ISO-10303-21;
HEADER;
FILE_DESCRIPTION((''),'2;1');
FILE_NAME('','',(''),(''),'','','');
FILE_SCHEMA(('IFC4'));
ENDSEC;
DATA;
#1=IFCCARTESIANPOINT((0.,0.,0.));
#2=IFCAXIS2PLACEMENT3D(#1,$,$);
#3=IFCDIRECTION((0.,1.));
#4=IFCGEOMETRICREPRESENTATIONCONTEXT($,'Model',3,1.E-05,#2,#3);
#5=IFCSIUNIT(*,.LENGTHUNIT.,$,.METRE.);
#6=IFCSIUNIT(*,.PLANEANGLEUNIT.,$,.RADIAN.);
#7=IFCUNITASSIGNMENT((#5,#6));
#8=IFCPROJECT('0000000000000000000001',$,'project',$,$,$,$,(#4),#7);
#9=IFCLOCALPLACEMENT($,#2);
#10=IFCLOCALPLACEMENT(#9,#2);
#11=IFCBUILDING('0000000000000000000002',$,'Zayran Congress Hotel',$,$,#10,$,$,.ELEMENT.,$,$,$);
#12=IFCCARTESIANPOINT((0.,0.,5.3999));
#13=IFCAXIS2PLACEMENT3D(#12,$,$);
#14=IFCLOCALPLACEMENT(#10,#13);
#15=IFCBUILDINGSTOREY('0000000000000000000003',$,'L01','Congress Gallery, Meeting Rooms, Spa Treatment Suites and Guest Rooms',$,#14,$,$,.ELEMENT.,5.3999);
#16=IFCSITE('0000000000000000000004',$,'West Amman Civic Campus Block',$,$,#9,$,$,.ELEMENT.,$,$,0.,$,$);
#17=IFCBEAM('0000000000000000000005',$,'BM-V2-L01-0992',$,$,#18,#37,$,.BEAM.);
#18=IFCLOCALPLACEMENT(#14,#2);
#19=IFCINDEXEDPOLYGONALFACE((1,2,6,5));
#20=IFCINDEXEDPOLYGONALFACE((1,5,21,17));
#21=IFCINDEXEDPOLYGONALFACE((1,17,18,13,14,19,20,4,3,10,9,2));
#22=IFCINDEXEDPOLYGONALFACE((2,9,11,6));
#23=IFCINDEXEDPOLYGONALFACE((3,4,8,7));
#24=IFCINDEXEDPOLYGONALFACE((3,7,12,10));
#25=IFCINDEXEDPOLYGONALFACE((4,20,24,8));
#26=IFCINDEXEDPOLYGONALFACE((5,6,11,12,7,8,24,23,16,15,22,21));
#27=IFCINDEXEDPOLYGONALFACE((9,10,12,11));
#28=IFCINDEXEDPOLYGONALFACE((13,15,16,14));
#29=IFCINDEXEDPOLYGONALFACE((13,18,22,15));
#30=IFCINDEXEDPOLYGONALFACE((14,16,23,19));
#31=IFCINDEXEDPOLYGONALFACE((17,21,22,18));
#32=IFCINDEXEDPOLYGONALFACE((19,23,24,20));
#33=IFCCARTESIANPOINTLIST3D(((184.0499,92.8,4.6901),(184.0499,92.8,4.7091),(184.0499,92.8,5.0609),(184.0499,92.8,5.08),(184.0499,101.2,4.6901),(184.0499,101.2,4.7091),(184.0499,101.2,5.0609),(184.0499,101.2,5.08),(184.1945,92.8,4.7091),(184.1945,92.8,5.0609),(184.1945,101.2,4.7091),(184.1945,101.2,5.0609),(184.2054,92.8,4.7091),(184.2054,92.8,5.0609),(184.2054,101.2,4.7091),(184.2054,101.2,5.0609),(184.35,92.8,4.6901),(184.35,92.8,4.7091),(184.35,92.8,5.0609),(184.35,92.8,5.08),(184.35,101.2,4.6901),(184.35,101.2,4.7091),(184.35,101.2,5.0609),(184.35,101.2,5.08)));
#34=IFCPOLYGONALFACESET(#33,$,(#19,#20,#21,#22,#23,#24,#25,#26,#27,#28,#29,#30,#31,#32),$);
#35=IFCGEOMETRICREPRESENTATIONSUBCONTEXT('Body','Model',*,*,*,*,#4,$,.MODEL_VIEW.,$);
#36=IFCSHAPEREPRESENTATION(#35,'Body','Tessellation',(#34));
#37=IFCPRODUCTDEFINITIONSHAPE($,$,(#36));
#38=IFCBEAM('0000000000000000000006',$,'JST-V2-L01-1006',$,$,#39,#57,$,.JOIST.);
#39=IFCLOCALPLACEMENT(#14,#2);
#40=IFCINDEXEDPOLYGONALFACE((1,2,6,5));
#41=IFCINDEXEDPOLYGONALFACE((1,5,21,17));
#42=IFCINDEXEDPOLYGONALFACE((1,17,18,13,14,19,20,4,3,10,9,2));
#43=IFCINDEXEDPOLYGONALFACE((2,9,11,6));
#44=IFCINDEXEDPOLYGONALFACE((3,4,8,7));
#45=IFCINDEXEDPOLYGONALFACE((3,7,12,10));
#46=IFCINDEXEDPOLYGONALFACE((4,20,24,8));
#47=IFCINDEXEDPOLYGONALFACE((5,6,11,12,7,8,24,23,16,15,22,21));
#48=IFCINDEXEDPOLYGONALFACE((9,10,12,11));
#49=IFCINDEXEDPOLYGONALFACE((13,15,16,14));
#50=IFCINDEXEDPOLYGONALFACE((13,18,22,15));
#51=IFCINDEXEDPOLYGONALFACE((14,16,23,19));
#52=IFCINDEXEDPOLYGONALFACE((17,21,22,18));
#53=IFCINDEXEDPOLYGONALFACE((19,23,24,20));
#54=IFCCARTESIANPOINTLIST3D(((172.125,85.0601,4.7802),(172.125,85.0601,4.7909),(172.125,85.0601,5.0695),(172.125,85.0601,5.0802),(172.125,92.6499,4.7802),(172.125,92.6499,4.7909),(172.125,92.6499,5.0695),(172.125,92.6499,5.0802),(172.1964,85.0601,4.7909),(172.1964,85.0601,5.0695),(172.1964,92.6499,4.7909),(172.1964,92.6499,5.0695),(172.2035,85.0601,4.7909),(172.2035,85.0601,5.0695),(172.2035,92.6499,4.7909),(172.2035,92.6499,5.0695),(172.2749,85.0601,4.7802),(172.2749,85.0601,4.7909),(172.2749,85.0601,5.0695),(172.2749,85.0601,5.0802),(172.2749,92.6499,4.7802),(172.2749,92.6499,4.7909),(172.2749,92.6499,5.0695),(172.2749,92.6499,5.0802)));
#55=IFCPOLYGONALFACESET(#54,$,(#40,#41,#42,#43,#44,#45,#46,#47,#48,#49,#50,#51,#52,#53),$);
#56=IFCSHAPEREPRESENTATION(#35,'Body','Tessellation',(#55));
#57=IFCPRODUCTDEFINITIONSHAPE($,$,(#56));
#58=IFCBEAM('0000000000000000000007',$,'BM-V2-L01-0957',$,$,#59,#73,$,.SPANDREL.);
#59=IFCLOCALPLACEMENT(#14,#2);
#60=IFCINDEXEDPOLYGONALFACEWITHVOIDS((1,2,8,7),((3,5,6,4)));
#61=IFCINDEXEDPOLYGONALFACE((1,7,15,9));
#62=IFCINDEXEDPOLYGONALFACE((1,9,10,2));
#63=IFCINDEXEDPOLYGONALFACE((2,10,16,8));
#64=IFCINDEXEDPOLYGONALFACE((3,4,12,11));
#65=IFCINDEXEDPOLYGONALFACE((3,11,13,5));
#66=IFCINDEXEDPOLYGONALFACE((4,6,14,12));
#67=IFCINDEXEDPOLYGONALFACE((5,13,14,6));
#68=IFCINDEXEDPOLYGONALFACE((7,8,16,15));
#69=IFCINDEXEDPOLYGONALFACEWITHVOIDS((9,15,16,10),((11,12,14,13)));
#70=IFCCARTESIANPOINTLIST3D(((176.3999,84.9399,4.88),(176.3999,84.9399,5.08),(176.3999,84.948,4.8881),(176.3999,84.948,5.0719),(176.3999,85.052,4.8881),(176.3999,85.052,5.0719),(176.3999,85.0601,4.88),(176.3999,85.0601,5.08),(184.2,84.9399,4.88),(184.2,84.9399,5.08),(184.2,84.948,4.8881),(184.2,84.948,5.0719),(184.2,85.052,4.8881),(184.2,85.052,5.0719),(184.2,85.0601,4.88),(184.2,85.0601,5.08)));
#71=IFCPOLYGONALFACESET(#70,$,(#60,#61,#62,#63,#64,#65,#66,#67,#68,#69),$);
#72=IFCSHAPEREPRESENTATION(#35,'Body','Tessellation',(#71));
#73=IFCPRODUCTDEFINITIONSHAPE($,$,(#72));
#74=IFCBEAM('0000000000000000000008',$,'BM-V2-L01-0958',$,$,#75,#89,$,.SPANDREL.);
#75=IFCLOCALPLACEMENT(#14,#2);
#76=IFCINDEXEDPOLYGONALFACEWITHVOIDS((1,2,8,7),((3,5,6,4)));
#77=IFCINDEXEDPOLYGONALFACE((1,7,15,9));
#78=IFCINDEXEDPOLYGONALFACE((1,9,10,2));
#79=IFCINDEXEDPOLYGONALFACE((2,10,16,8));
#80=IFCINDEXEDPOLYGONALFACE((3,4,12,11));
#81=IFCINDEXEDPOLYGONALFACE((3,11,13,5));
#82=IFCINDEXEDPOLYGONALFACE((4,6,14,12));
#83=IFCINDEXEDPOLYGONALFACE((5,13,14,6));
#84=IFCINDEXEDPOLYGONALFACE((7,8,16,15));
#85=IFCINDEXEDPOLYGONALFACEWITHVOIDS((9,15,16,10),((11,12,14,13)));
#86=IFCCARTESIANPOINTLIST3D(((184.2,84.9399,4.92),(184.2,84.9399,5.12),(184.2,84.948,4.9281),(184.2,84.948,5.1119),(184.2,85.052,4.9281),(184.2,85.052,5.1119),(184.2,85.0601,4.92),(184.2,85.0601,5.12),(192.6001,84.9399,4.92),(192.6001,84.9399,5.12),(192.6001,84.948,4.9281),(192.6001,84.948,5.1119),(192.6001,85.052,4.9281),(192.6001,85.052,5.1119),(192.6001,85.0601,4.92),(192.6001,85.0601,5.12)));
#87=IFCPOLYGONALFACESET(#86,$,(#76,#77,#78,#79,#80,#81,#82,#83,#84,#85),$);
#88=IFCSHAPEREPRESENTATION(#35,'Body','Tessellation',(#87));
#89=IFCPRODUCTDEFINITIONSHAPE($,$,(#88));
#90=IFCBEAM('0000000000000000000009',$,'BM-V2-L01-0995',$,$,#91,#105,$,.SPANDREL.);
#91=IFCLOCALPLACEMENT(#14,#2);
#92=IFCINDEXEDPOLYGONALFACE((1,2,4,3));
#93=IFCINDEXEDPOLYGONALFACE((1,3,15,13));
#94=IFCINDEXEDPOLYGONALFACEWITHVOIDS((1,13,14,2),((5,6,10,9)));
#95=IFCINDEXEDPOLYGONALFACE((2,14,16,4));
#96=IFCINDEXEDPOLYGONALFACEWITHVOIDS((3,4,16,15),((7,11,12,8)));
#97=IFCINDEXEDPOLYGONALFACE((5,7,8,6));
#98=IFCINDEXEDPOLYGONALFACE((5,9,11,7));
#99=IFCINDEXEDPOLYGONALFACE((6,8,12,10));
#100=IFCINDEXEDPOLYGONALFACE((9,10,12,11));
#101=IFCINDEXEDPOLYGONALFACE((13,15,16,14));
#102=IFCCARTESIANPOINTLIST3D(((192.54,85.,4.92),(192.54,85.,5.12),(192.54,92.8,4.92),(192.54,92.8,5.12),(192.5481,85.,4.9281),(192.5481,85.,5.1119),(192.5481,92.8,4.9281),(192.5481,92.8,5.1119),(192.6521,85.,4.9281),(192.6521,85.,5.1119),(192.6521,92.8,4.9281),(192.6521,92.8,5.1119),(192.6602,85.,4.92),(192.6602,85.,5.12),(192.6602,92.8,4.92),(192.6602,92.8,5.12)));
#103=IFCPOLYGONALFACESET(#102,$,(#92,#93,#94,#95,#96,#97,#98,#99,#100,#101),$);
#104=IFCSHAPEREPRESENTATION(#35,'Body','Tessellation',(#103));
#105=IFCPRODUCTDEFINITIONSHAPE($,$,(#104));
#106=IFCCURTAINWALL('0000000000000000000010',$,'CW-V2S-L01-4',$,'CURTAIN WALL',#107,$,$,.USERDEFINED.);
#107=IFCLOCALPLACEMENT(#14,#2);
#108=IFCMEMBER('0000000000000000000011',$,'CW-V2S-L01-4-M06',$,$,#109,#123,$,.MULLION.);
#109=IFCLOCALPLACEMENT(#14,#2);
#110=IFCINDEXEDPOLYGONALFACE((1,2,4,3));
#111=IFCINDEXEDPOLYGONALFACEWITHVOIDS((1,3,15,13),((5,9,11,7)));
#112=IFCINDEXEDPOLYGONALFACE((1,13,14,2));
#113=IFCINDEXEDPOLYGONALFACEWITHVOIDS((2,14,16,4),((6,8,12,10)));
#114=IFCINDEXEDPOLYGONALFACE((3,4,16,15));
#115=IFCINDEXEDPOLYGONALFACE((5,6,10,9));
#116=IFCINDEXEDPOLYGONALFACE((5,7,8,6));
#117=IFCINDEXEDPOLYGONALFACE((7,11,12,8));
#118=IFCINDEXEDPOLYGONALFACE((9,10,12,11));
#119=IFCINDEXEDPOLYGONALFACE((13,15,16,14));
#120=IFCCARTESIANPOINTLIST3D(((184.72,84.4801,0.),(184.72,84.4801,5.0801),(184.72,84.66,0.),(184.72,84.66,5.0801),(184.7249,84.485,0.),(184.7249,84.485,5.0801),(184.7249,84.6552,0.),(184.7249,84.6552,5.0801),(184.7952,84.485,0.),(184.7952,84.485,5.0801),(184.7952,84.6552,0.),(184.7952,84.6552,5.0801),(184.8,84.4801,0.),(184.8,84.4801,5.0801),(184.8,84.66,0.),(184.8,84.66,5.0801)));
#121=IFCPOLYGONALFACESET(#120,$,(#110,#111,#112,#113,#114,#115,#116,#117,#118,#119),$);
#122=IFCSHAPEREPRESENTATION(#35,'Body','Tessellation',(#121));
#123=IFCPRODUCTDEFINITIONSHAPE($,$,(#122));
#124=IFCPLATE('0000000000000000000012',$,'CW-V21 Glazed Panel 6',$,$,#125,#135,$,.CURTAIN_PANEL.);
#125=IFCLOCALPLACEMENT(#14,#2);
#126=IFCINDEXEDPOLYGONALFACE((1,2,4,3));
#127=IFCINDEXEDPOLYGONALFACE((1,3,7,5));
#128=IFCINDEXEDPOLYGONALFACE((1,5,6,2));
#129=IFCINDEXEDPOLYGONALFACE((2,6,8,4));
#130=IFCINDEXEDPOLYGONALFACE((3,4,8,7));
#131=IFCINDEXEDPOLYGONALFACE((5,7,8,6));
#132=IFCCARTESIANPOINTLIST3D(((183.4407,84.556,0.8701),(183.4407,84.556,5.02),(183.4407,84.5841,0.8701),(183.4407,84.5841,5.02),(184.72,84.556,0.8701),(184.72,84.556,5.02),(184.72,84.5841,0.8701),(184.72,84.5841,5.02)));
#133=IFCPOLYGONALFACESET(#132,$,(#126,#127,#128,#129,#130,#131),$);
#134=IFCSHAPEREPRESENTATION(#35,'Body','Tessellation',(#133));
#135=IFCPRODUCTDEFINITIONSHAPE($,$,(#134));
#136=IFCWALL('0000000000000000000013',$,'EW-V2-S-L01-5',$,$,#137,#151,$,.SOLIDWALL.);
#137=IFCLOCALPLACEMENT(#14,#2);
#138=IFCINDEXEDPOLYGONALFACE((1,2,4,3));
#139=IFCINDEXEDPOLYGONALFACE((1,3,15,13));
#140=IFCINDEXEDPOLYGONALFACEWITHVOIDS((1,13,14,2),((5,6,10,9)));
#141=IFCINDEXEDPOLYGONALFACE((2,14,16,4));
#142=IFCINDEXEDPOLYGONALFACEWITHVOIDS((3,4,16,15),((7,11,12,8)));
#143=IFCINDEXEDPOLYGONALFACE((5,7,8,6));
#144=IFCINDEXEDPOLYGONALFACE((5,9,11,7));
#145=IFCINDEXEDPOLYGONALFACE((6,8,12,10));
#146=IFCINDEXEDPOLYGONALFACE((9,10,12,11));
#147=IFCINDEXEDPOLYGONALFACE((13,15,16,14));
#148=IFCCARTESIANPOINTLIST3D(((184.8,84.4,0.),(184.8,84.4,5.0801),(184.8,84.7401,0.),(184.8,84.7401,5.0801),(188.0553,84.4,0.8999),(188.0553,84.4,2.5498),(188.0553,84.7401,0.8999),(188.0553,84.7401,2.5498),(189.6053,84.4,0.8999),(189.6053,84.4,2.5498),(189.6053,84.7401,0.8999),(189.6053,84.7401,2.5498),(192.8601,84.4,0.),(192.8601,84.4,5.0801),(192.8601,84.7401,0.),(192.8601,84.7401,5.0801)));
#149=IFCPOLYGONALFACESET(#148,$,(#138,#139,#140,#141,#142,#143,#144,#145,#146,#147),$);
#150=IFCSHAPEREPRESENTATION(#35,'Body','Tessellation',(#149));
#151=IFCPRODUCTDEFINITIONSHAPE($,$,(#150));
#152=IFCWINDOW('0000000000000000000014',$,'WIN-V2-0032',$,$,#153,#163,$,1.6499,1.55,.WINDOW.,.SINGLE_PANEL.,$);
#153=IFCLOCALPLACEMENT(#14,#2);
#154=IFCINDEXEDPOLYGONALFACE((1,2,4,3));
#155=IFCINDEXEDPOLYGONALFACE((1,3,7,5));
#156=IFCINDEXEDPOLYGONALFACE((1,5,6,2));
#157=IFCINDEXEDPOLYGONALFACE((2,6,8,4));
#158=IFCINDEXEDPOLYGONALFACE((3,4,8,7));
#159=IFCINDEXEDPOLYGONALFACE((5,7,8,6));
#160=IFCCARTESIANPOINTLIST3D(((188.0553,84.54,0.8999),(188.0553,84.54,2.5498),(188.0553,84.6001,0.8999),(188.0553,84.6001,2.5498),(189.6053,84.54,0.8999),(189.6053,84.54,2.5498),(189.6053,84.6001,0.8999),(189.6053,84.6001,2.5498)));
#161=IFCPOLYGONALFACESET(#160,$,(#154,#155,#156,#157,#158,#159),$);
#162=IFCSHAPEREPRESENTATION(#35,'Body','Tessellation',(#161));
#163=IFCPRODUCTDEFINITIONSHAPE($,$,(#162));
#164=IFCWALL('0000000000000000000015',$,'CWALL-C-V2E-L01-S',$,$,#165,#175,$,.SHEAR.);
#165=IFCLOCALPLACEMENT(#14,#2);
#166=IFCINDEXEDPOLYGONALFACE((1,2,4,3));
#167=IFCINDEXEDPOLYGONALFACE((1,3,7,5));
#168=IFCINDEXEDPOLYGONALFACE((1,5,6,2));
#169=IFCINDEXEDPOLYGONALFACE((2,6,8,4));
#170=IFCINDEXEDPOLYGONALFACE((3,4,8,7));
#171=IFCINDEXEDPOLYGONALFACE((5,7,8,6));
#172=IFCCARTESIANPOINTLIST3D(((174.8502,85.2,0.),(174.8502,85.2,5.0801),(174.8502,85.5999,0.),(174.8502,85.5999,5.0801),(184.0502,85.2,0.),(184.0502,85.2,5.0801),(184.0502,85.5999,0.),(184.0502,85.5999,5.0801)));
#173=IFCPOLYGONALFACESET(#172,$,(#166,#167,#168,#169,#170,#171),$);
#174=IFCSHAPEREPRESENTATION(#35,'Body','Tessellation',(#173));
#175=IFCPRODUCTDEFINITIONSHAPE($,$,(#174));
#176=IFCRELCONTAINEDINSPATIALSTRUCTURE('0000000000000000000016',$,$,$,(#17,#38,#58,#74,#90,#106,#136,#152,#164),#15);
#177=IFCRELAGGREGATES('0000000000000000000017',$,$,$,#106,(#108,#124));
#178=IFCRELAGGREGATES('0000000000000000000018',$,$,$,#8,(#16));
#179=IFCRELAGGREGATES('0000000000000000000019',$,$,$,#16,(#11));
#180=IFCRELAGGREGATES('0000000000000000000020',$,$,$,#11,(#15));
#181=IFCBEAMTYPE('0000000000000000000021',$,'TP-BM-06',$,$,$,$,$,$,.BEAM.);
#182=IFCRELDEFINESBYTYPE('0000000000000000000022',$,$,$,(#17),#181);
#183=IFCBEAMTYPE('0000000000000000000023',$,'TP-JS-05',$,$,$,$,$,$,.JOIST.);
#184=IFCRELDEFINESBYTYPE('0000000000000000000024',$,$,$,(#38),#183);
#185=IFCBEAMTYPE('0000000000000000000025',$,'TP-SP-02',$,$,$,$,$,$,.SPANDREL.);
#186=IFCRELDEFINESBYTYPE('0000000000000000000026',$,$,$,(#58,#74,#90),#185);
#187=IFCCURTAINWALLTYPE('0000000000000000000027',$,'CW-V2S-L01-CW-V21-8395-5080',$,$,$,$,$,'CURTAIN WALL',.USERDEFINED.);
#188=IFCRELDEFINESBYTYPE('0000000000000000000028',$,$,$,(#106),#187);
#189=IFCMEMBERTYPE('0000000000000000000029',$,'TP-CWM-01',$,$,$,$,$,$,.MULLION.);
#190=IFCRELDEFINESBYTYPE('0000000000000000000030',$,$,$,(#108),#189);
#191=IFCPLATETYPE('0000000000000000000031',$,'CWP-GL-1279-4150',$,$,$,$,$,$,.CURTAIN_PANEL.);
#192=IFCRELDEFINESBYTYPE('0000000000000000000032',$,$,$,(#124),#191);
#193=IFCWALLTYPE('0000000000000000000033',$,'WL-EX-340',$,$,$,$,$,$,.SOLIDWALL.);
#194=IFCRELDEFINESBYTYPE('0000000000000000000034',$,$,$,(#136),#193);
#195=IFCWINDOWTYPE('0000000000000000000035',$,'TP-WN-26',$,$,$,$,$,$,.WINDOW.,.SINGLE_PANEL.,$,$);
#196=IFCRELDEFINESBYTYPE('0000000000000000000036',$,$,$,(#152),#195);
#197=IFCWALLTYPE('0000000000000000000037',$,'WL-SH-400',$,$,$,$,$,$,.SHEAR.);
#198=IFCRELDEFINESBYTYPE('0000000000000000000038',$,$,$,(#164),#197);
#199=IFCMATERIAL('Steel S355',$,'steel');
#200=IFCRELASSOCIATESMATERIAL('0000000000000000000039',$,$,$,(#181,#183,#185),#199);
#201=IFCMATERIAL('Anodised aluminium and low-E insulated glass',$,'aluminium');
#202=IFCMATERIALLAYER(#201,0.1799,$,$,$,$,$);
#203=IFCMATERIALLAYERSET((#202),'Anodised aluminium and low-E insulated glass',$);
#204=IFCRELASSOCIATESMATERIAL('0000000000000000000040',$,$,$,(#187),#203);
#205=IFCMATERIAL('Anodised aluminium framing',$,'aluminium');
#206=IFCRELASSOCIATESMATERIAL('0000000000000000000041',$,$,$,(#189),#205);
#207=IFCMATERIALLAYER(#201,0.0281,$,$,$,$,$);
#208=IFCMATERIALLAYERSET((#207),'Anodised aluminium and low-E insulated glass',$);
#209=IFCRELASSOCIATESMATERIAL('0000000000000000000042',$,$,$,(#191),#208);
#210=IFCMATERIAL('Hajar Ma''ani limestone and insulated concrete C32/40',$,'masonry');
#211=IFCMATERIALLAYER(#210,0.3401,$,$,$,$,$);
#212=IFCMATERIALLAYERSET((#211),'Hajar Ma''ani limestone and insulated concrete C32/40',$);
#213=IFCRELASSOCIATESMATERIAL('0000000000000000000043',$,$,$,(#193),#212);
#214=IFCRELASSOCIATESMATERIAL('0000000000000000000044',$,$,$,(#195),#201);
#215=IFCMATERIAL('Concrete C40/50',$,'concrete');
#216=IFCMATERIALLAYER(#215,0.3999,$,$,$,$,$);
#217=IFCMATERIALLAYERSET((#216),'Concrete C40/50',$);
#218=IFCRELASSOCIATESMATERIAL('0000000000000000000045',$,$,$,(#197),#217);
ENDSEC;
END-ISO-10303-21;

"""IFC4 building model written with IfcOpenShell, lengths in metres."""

from ifc_helpers import new_model, si_unit, direction, frame, frame_2d, origin, origin_2d, place, context, subcontext, project, spatial, rectangle, hollow_rectangle, i_section, extrude, material, layer, layer_set, material_profile, profile_set, type_object, element, fill, aggregate, save


model = new_model("IFC4")

# Units and contexts
model_context = context("Model", 3, precision=1e-05, world=origin(), true_north=direction((0.0, 1.0)))
body_context = subcontext(model_context, "Body", "Model", "MODEL_VIEW")
ifc_project = project(units=[si_unit("LENGTHUNIT", "METRE"), si_unit("PLANEANGLEUNIT", "RADIAN")], contexts=[model_context])

# Site, building, storey
site_placement = place(None, origin())
site = spatial("IfcSite", under=ifc_project, at=site_placement, Name="West Amman Civic Campus Block", CompositionType="ELEMENT", RefElevation=0.0)
building_placement = place(site_placement, origin())
building = spatial("IfcBuilding", under=site, at=building_placement, Name="Zayran Congress Hotel", CompositionType="ELEMENT")
storey_placement = place(building_placement, frame((0.0, 0.0, 5.3999)))
storey = spatial("IfcBuildingStorey", under=building, at=storey_placement, Name="L01", Description="Congress Gallery, Meeting Rooms, Spa Treatment Suites and Guest Rooms", CompositionType="ELEMENT", Elevation=5.3999)

# Shared definitions
ifc_material_1 = material(Name="Steel S355", Category="steel")

# Beams
ifc_material_profile_1 = material_profile(ifc_material_1, i_section(OverallWidth=0.3, OverallDepth=0.3899, WebThickness=0.011, FlangeThickness=0.019, at=origin_2d()), Name="HEA 400")
ifc_profile_set_1 = profile_set([ifc_material_profile_1], Name="Steel S355")
beam_type_1 = type_object("IfcBeamType", Name="TP-BM-06", PredefinedType="BEAM", material=ifc_profile_set_1)
beam_1_placement = place(storey_placement, frame((184.2, 92.8, 4.885), z_axis=(0.0, 1.0, 0.0), x_axis=(-1.0, 0.0, 0.0)))
element("IfcBeam", 1, at=beam_1_placement, inside=storey, type_object=beam_type_1, Name="BM-V2-L01-0992", PredefinedType="BEAM", context=body_context, shape_type="SweptSolid", body=[
    extrude(i_section(OverallWidth=0.3, OverallDepth=0.3899, WebThickness=0.011, FlangeThickness=0.019, at=origin_2d()), origin(), (0.0, 0.0, 1.0), 8.3999),
])
ifc_material_profile_2 = material_profile(ifc_material_1, i_section(OverallWidth=0.1499, OverallDepth=0.3, WebThickness=0.0071, FlangeThickness=0.0107, at=origin_2d()), Name="IPE 300")
ifc_profile_set_2 = profile_set([ifc_material_profile_2], Name="Steel S355")
beam_type_2 = type_object("IfcBeamType", Name="TP-JS-05", PredefinedType="JOIST", material=ifc_profile_set_2)
beam_2_placement = place(storey_placement, frame((172.2, 85.0601, 4.9302), z_axis=(0.0, 1.0, 0.0), x_axis=(-1.0, 0.0, 0.0)))
element("IfcBeam", 2, at=beam_2_placement, inside=storey, type_object=beam_type_2, Name="JST-V2-L01-1006", PredefinedType="JOIST", context=body_context, shape_type="SweptSolid", body=[
    extrude(i_section(OverallWidth=0.1499, OverallDepth=0.3, WebThickness=0.0071, FlangeThickness=0.0107, at=origin_2d()), origin(), (0.0, 0.0, 1.0), 7.5898),
])
ifc_material_profile_3 = material_profile(ifc_material_1, hollow_rectangle(XDim=0.1201, YDim=0.2, WallThickness=0.0081, at=origin_2d()), Name="RHS 200x120x8")
ifc_profile_set_3 = profile_set([ifc_material_profile_3], Name="Steel S355")
beam_type_3 = type_object("IfcBeamType", Name="TP-SP-02", PredefinedType="SPANDREL", material=ifc_profile_set_3)
beam_3_placement = place(storey_placement, frame((176.3999, 85.0, 4.98), z_axis=(1.0, 0.0, 0.0), x_axis=(0.0, 1.0, 0.0)))
element("IfcBeam", 3, at=beam_3_placement, inside=storey, type_object=beam_type_3, Name="BM-V2-L01-0957", PredefinedType="SPANDREL", context=body_context, shape_type="SweptSolid", body=[
    extrude(hollow_rectangle(XDim=0.1201, YDim=0.2, WallThickness=0.0081, at=origin_2d()), origin(), (0.0, 0.0, 1.0), 7.8),
])
beam_4_placement = place(storey_placement, frame((184.2, 85.0, 5.02), z_axis=(1.0, 0.0, 0.0), x_axis=(0.0, 1.0, 0.0)))
element("IfcBeam", 4, at=beam_4_placement, inside=storey, type_object=beam_type_3, Name="BM-V2-L01-0958", PredefinedType="SPANDREL", context=body_context, shape_type="SweptSolid", body=[
    extrude(hollow_rectangle(XDim=0.1201, YDim=0.2, WallThickness=0.0081, at=origin_2d()), origin(), (0.0, 0.0, 1.0), 8.4001),
])
beam_5_placement = place(storey_placement, frame((192.6001, 85.0, 5.02), z_axis=(0.0, 1.0, 0.0), x_axis=(-1.0, 0.0, 0.0)))
element("IfcBeam", 5, at=beam_5_placement, inside=storey, type_object=beam_type_3, Name="BM-V2-L01-0995", PredefinedType="SPANDREL", context=body_context, shape_type="SweptSolid", body=[
    extrude(hollow_rectangle(XDim=0.1201, YDim=0.2, WallThickness=0.0081, at=origin_2d()), origin(), (0.0, 0.0, 1.0), 7.8),
])

# Curtain wall, member, plate
ifc_material_2 = material(Name="Anodised aluminium and low-E insulated glass", Category="aluminium")
ifc_layer_1 = layer(ifc_material_2, 0.1799)
ifc_layer_set_1 = layer_set([ifc_layer_1], Name="Anodised aluminium and low-E insulated glass")
curtain_wall_type = type_object("IfcCurtainWallType", Name="CW-V2S-L01-CW-V21-8395-5080", ElementType="CURTAIN WALL", PredefinedType="USERDEFINED", material=ifc_layer_set_1)
curtain_wall_placement = place(storey_placement, origin())
curtain_wall = element("IfcCurtainWall", 6, at=curtain_wall_placement, inside=storey, type_object=curtain_wall_type, Name="CW-V2S-L01-4", ObjectType="CURTAIN WALL", PredefinedType="USERDEFINED")
ifc_material_3 = material(Name="Anodised aluminium framing", Category="aluminium")
ifc_material_profile_4 = material_profile(ifc_material_3, hollow_rectangle(XDim=0.0801, YDim=0.1799, WallThickness=0.0049, at=origin_2d()), Name="RHS 180x80x5")
ifc_profile_set_4 = profile_set([ifc_material_profile_4], Name="Anodised aluminium framing")
member_type = type_object("IfcMemberType", Name="TP-CWM-01", PredefinedType="MULLION", material=ifc_profile_set_4)
member_placement = place(storey_placement, frame((184.76, 84.5701, 0.0), z_axis=(0.0, 0.0, 1.0), x_axis=(1.0, 0.0, 0.0)))
member = element("IfcMember", 7, at=member_placement, type_object=member_type, Name="CW-V2S-L01-4-M06", PredefinedType="MULLION", context=body_context, shape_type="SweptSolid", body=[
    extrude(hollow_rectangle(XDim=0.0801, YDim=0.1799, WallThickness=0.0049, at=origin_2d()), origin(), (0.0, 0.0, 1.0), 5.0801),
])
ifc_layer_2 = layer(ifc_material_2, 0.0281)
ifc_layer_set_2 = layer_set([ifc_layer_2], Name="Anodised aluminium and low-E insulated glass")
plate_type = type_object("IfcPlateType", Name="CWP-GL-1279-4150", PredefinedType="CURTAIN_PANEL", material=ifc_layer_set_2)
plate_placement = place(storey_placement, frame((184.0803, 84.5701, 0.8701), z_axis=(0.0, 0.0, 1.0), x_axis=(1.0, 0.0, 0.0)))
plate = element("IfcPlate", 8, at=plate_placement, type_object=plate_type, Name="CW-V21 Glazed Panel 6", PredefinedType="CURTAIN_PANEL", context=body_context, shape_type="SweptSolid", body=[
    extrude(rectangle(XDim=1.2793, YDim=0.0281, at=origin_2d()), origin(), (0.0, 0.0, 1.0), 4.1499),
])
aggregate(curtain_wall, [member, plate])

# Wall, opening, window
ifc_material_4 = material(Name="Hajar Ma'ani limestone and insulated concrete C32/40", Category="masonry")
ifc_layer_3 = layer(ifc_material_4, 0.3401)
ifc_layer_set_3 = layer_set([ifc_layer_3], Name="Hajar Ma'ani limestone and insulated concrete C32/40")
wall_type_1 = type_object("IfcWallType", Name="WL-EX-340", PredefinedType="SOLIDWALL", material=ifc_layer_set_3)
wall_1_placement = place(storey_placement, frame((192.8601, 84.5701, 0.0), z_axis=(0.0, 0.0, 1.0), x_axis=(-1.0, 0.0, 0.0)))
wall_1 = element("IfcWall", 9, at=wall_1_placement, inside=storey, type_object=wall_type_1, Name="EW-V2-S-L01-5", PredefinedType="SOLIDWALL", context=body_context, shape_type="SweptSolid", body=[
    extrude(rectangle(XDim=8.0601, YDim=0.3401, at=frame_2d((4.03, 0.0))), origin(), (0.0, 0.0, 1.0), 5.0801),
])
opening_1_placement = place(wall_1_placement, frame((3.2549, 0.0, 0.8999)))
opening_1 = element("IfcOpeningElement", 10, at=opening_1_placement, cuts=wall_1, PredefinedType="OPENING", context=body_context, shape_type="SweptSolid", body=[
    extrude(rectangle(XDim=1.55, YDim=1.6499, at=frame_2d((0.7749, 0.825))), frame((0.0, 0.1799, 0.0), z_axis=(0.0, -1.0, 0.0), x_axis=(1.0, 0.0, 0.0)), (0.0, 0.0, 1.0), 0.3601),
])
window_type = type_object("IfcWindowType", Name="TP-WN-26", PartitioningType="SINGLE_PANEL", PredefinedType="WINDOW", material=ifc_material_2)
window_placement = place(opening_1_placement, origin())
window = element("IfcWindow", 11, at=window_placement, inside=storey, type_object=window_type, Name="WIN-V2-0032", OverallHeight=1.6499, OverallWidth=1.55, PartitioningType="SINGLE_PANEL", PredefinedType="WINDOW", context=body_context, shape_type="SweptSolid", body=[
    extrude(rectangle(XDim=1.55, YDim=1.6499, at=frame_2d((0.7749, 0.825))), frame((0.0, 0.03, 0.0), z_axis=(0.0, -1.0, 0.0), x_axis=(1.0, 0.0, 0.0)), (0.0, 0.0, 1.0), 0.0601),
])
fill(opening_1, window)

# Wall
ifc_material_5 = material(Name="Concrete C40/50", Category="concrete")
ifc_layer_4 = layer(ifc_material_5, 0.3999)
ifc_layer_set_4 = layer_set([ifc_layer_4], Name="Concrete C40/50")
wall_type_2 = type_object("IfcWallType", Name="WL-SH-400", PredefinedType="SHEAR", material=ifc_layer_set_4)
for number, where, z_axis, x_axis, name in (
    (12, (174.8501, 85.3999, 0.0), (0.0, 0.0, 1.0), (1.0, 0.0, 0.0), "CWALL-C-V2E-L01-S"),
):
    element("IfcWall", number, at=place(storey_placement, frame(where, z_axis=z_axis, x_axis=x_axis)), inside=storey, type_object=wall_type_2, Name=name, PredefinedType="SHEAR", context=body_context, shape_type="SweptSolid", body=[
        extrude(rectangle(XDim=9.2, YDim=0.3999, at=frame_2d((4.6001, 0.0))), origin(), (0.0, 0.0, 1.0), 5.0801),
    ])

save(model, "model.ifc")
